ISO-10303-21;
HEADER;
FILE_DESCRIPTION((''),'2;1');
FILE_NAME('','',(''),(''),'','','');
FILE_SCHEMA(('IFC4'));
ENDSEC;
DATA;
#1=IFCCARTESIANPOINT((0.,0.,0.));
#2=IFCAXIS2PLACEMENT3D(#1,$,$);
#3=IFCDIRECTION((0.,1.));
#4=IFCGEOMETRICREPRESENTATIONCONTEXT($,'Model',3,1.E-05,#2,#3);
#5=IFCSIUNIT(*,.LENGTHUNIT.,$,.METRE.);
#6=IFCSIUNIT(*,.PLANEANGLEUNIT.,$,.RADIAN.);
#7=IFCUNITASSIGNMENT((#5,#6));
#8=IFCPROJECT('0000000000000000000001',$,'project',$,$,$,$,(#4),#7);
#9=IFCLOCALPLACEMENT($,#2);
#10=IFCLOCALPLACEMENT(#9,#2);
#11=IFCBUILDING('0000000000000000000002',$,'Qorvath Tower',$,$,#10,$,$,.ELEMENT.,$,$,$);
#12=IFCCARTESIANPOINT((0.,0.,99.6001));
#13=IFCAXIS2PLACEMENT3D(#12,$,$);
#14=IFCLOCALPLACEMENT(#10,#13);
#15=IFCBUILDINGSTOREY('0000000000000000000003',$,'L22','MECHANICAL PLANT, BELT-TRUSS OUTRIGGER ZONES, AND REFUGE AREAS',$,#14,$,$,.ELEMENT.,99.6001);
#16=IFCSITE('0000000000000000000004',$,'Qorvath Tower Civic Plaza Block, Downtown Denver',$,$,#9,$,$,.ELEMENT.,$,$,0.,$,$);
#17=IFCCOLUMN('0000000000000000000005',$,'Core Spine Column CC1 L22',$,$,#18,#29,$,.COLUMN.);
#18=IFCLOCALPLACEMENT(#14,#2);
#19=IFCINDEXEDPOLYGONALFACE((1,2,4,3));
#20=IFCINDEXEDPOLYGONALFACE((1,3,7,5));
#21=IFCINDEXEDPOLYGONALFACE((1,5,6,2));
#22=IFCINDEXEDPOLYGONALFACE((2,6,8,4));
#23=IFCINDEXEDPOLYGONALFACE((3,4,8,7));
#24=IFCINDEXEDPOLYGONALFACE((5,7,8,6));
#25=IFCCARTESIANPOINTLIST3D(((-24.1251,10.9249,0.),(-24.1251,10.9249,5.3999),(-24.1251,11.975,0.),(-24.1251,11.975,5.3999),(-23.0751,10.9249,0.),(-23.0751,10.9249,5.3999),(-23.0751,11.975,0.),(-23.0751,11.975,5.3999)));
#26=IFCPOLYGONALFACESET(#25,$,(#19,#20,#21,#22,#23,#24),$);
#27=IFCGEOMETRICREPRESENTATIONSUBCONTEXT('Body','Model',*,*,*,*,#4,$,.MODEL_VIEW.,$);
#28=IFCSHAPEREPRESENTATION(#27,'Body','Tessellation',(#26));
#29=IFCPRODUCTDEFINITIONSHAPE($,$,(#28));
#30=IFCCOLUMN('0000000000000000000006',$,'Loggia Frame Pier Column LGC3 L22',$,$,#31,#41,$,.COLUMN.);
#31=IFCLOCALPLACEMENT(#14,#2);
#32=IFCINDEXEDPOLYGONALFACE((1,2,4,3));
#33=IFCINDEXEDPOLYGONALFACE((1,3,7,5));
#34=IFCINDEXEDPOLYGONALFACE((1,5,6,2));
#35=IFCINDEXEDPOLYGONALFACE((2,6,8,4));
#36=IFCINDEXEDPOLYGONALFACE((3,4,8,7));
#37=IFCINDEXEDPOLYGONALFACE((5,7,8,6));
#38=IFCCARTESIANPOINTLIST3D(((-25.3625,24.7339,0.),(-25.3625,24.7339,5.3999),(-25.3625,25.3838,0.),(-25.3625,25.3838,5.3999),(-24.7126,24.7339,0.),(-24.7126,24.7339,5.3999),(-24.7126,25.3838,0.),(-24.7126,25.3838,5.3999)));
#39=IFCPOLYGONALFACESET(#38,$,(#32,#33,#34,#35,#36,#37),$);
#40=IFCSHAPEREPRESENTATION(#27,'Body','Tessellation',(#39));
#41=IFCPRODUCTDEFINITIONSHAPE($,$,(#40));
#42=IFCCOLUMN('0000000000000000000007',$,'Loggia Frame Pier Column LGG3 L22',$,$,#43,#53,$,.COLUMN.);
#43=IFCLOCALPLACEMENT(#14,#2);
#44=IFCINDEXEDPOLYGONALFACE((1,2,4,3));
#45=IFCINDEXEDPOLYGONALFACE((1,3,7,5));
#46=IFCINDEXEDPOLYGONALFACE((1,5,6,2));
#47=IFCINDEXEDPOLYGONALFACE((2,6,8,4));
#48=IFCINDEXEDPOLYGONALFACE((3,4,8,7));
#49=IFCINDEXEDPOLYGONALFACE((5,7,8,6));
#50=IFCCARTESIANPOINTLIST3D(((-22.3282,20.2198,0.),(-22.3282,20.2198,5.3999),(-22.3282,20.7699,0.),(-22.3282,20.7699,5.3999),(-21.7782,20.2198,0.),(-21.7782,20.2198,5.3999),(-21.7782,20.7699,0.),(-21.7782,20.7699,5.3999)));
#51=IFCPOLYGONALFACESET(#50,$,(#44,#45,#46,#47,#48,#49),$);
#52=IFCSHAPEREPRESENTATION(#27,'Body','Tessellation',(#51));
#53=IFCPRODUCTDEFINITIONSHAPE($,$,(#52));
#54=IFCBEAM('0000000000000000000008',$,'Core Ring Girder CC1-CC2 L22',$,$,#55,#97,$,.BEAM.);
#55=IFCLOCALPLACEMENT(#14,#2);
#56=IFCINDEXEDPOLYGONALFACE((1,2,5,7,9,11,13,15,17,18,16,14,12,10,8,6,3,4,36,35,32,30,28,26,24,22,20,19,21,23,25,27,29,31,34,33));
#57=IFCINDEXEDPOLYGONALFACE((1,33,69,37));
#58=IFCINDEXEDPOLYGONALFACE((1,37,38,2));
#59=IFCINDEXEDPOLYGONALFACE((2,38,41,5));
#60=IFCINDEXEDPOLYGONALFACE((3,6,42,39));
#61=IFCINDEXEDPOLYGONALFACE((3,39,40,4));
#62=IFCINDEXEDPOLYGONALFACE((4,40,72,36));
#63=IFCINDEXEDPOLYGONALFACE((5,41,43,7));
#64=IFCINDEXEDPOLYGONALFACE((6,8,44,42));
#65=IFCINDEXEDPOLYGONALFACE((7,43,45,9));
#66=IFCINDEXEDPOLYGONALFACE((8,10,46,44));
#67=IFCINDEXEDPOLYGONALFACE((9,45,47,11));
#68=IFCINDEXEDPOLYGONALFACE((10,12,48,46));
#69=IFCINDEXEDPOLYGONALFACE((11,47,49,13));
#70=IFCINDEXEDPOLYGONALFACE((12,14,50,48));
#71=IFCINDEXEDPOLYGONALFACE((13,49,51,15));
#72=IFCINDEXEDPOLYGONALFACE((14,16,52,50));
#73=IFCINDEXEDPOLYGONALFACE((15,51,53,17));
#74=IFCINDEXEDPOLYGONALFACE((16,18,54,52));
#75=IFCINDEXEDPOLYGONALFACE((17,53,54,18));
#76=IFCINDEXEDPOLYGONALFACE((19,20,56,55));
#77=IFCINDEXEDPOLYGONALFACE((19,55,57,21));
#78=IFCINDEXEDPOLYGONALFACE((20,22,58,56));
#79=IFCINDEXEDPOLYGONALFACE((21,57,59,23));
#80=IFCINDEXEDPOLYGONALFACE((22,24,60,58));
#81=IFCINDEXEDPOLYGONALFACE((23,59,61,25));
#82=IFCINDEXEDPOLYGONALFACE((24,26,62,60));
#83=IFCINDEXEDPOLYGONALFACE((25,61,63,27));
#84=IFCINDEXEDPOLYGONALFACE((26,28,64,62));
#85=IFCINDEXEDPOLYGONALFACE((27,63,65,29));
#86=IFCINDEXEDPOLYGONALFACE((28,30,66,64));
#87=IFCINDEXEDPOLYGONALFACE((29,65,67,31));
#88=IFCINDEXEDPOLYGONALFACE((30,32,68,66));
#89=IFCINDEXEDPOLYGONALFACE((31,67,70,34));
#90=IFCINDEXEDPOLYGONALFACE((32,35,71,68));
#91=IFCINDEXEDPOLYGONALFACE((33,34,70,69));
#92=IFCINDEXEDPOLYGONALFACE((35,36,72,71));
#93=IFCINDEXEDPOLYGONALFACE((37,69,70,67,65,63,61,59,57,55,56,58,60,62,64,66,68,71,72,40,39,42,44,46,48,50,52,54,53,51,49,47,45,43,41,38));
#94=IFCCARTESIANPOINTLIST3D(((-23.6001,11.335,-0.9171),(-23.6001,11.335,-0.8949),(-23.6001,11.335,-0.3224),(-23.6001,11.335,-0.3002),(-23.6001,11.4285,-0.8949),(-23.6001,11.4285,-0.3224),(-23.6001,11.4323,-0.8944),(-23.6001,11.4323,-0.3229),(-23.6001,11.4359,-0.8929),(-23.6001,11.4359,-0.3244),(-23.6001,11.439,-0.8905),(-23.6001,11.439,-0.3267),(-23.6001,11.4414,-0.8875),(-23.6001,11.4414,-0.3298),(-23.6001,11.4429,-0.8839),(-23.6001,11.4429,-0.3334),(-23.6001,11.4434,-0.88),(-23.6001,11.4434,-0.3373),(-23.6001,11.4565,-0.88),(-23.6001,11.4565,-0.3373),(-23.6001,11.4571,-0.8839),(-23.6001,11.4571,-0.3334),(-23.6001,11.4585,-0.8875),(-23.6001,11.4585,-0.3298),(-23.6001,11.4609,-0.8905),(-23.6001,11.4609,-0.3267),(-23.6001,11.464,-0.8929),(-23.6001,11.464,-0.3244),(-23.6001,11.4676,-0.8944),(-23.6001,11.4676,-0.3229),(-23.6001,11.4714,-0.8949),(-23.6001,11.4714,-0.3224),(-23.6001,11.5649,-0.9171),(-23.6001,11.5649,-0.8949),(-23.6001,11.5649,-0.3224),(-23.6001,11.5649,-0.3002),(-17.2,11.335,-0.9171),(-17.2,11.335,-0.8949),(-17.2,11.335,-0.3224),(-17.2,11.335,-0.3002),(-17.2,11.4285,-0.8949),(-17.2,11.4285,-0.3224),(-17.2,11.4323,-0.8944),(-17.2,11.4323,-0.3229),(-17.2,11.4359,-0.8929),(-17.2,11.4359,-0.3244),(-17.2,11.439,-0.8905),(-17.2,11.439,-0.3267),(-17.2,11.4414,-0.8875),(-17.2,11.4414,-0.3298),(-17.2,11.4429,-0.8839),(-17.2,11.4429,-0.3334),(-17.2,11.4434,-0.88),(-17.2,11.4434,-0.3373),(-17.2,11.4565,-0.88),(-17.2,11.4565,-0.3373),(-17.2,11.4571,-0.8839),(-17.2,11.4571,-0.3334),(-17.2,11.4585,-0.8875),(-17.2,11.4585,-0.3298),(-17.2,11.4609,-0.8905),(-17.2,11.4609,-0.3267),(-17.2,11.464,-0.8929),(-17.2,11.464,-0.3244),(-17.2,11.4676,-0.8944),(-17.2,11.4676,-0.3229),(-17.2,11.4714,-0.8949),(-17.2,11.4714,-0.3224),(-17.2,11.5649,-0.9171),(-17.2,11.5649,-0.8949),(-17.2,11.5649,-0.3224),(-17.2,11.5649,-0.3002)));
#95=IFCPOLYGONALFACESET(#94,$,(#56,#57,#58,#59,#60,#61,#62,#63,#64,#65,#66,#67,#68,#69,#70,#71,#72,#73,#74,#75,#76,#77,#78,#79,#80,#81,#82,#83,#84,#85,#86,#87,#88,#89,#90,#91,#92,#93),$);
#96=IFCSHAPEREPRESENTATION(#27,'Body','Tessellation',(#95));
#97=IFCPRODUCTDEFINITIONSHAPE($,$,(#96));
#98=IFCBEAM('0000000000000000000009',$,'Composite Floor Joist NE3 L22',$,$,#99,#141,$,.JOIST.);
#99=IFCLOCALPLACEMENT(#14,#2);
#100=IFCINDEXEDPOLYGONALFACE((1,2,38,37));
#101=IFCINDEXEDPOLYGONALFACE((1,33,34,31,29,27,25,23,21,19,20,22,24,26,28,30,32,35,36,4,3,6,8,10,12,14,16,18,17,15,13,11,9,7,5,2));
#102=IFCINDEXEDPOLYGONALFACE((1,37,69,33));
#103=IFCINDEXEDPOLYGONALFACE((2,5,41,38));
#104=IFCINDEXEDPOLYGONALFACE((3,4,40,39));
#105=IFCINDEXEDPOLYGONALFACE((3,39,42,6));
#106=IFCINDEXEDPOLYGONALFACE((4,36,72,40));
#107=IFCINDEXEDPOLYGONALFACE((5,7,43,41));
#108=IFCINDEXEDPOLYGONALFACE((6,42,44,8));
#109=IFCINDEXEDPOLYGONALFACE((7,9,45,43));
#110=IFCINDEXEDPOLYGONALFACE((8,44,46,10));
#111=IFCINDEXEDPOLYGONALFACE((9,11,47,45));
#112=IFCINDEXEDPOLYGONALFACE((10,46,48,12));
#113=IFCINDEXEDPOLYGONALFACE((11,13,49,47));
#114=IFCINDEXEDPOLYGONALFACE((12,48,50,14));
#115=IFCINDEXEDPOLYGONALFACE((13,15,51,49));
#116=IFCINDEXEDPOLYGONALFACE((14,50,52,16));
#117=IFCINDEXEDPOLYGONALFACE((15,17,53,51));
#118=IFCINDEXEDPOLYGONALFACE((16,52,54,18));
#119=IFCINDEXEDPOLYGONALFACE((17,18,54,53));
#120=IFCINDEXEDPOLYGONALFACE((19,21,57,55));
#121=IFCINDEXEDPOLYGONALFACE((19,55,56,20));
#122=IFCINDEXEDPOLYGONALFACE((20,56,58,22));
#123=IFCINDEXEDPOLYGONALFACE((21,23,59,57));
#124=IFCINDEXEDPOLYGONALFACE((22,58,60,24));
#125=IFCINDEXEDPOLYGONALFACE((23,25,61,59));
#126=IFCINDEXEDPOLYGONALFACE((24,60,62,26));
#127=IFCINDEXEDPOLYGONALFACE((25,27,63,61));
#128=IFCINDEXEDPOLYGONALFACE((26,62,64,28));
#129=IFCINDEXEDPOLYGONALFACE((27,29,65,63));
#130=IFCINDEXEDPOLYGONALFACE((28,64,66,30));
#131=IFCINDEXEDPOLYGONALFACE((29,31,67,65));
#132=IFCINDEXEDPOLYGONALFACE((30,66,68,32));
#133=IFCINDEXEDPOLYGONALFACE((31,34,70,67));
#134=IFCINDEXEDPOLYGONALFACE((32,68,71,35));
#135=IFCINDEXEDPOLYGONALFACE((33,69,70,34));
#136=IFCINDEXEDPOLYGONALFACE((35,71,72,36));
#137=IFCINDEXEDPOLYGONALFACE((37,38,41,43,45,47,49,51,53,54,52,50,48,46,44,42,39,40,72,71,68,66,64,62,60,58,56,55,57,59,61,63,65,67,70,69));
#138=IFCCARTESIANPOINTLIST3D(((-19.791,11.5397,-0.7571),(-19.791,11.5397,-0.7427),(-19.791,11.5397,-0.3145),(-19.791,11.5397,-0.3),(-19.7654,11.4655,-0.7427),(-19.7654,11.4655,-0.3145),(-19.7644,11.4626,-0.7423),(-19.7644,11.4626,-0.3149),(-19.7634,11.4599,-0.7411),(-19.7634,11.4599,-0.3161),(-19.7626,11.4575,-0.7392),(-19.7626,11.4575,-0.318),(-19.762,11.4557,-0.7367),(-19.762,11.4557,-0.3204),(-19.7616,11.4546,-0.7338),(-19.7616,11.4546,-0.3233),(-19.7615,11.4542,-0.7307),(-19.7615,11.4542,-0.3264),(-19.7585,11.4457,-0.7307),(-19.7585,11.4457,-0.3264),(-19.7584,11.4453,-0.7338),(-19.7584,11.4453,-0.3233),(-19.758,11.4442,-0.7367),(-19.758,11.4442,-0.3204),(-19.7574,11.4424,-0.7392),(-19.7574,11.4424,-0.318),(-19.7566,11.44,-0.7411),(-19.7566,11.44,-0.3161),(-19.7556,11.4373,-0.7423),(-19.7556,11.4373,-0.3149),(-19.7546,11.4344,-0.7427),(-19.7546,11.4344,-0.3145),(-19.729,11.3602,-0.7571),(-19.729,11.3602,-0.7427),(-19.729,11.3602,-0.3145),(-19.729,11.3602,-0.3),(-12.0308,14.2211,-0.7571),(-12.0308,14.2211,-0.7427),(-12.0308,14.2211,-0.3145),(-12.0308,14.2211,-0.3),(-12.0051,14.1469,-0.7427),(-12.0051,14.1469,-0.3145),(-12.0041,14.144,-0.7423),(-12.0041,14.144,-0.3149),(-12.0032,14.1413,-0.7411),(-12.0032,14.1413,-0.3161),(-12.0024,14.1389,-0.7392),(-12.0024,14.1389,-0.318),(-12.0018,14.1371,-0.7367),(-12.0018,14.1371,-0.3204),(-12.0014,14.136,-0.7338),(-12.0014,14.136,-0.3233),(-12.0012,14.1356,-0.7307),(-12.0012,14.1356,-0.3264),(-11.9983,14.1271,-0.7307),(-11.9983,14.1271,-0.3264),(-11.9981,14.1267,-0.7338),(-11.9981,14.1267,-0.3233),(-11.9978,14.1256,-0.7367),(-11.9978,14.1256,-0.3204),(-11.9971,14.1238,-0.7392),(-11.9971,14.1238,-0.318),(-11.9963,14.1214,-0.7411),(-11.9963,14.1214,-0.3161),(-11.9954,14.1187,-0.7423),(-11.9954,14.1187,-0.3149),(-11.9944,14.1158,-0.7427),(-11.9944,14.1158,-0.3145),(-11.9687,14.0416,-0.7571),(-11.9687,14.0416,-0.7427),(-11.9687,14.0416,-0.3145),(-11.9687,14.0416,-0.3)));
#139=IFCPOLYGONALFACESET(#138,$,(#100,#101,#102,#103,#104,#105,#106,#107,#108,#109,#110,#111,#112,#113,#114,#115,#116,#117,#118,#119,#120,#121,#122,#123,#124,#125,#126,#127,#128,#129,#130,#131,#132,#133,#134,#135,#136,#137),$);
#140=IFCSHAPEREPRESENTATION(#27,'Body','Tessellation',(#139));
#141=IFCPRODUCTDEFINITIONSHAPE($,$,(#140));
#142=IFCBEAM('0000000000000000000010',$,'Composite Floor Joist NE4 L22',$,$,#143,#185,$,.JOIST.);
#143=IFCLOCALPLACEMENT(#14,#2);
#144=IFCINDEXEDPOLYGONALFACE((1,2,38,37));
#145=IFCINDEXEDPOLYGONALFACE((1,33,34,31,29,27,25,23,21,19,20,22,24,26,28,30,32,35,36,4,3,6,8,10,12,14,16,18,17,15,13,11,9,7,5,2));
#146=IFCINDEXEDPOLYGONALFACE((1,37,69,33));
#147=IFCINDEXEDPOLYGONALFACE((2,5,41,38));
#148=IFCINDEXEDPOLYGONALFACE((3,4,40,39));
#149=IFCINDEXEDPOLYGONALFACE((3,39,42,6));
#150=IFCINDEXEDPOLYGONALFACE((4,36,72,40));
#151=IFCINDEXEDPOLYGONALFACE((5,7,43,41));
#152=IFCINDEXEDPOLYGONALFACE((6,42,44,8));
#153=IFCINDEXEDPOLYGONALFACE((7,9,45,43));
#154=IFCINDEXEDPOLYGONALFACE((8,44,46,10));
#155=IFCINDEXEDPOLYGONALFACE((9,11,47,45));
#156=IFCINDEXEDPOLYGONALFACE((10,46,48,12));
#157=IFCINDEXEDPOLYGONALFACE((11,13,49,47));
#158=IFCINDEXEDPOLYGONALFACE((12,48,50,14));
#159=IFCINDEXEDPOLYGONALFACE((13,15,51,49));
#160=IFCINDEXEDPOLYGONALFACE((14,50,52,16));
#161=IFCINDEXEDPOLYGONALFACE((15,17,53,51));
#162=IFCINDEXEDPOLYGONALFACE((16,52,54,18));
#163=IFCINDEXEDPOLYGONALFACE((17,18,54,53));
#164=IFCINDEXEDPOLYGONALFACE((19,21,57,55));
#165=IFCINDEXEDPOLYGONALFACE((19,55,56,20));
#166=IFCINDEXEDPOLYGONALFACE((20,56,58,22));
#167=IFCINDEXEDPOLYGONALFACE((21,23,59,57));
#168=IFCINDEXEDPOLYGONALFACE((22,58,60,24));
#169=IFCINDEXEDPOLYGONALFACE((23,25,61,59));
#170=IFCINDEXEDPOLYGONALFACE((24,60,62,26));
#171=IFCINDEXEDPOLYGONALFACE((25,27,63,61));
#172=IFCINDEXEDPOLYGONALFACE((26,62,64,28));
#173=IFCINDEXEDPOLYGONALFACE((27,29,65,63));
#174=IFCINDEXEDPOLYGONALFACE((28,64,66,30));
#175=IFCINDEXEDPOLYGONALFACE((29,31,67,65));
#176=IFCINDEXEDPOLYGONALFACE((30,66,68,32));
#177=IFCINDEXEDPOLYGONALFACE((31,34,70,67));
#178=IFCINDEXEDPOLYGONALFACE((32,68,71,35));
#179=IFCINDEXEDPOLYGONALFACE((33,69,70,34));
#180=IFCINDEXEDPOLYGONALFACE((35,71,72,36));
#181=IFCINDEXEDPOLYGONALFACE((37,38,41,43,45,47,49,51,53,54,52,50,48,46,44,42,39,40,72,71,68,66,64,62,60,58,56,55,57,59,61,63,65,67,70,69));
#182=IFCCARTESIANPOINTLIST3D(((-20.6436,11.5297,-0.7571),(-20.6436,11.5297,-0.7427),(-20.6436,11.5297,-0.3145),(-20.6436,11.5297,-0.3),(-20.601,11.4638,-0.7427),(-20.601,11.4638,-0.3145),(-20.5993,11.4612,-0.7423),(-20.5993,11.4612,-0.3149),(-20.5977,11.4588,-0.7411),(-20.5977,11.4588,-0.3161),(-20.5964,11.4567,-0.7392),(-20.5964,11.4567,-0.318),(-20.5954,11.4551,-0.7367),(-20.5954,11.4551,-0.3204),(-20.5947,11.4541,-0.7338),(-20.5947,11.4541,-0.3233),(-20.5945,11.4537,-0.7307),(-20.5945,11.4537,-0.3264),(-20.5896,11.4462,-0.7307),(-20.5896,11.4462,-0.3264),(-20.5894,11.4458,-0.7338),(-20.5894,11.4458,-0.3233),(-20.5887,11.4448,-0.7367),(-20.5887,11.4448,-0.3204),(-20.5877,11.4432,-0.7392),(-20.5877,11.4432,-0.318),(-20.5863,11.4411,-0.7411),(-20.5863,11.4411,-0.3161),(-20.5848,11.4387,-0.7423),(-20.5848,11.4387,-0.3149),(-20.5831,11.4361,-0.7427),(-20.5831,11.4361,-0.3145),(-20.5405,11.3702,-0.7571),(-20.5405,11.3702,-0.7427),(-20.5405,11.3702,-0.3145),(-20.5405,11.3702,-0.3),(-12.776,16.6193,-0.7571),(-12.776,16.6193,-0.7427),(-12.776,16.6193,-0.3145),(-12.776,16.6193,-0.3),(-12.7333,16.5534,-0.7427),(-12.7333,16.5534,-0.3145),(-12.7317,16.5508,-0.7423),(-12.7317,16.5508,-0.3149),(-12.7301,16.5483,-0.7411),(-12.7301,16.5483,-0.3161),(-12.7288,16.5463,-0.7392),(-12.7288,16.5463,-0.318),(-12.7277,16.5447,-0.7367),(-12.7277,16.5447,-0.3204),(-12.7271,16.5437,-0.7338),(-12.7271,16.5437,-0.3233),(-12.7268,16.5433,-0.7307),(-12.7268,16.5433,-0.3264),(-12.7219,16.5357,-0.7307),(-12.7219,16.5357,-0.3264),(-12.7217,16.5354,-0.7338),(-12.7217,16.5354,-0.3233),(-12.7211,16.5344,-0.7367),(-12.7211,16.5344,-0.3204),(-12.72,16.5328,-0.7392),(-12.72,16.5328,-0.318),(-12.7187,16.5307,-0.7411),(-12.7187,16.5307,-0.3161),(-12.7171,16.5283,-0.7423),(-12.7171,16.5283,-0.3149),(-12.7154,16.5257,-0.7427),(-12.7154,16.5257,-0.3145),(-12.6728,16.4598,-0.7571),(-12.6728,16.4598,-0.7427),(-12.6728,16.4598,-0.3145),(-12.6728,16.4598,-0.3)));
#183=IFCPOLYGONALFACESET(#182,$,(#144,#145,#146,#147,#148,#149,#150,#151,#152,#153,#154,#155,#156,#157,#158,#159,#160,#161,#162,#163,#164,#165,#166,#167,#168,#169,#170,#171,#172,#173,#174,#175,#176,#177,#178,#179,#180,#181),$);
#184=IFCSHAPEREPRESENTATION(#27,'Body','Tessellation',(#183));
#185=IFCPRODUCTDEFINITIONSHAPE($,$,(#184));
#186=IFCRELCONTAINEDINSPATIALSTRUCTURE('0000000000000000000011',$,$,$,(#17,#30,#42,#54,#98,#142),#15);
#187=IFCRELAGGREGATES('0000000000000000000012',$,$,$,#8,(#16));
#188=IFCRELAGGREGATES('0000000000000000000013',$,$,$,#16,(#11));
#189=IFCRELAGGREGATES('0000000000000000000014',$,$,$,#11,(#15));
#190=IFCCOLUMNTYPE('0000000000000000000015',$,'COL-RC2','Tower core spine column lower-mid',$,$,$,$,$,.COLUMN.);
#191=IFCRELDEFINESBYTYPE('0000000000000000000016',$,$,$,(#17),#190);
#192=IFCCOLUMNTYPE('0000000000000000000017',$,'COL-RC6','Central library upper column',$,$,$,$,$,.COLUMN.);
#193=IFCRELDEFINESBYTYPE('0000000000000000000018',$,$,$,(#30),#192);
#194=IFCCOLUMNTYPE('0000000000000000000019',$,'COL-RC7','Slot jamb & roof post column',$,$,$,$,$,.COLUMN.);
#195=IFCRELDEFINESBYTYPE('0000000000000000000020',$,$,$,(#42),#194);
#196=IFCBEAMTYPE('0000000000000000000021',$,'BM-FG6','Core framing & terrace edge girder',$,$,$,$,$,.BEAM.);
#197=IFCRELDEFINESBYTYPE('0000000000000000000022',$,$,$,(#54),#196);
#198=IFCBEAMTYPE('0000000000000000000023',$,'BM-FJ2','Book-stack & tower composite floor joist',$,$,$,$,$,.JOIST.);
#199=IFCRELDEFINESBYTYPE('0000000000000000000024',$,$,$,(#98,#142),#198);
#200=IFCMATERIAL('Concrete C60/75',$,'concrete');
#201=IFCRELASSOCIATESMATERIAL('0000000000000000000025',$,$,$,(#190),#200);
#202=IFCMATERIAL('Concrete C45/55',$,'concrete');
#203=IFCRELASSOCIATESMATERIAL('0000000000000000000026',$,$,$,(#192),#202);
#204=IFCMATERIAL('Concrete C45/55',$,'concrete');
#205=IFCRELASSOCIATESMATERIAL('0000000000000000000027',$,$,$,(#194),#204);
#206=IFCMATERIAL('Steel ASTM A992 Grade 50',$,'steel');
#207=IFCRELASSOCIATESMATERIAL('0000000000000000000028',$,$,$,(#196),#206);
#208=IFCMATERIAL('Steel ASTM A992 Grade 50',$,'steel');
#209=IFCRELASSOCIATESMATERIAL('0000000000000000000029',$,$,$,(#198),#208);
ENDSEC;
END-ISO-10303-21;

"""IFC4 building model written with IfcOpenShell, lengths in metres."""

from ifc_helpers import new_model, si_unit, direction, frame, origin, origin_2d, place, context, subcontext, project, spatial, rectangle, i_section, extrude, material, material_profile, profile_set, type_object, element, save


model = new_model("IFC4")

# Units and contexts
model_context = context("Model", 3, precision=1e-05, world=origin(), true_north=direction((0.0, 1.0)))
body_context = subcontext(model_context, "Body", "Model", "MODEL_VIEW")
ifc_project = project(units=[si_unit("LENGTHUNIT", "METRE"), si_unit("PLANEANGLEUNIT", "RADIAN")], contexts=[model_context])

# Site, building, storey
site_placement = place(None, origin())
site = spatial("IfcSite", under=ifc_project, at=site_placement, Name="Qorvath Tower Civic Plaza Block, Downtown Denver", CompositionType="ELEMENT", RefElevation=0.0)
building_placement = place(site_placement, origin())
building = spatial("IfcBuilding", under=site, at=building_placement, Name="Qorvath Tower", CompositionType="ELEMENT")
storey_placement = place(building_placement, frame((0.0, 0.0, 99.6001)))
storey = spatial("IfcBuildingStorey", under=building, at=storey_placement, Name="L22", Description="MECHANICAL PLANT, BELT-TRUSS OUTRIGGER ZONES, AND REFUGE AREAS", CompositionType="ELEMENT", Elevation=99.6001)

# Columns
ifc_material_1 = material(Name="Concrete C60/75", Category="concrete")
ifc_material_profile_1 = material_profile(ifc_material_1, rectangle(XDim=1.05, YDim=1.05, at=origin_2d()), Name="RC 1050x1050")
ifc_profile_set_1 = profile_set([ifc_material_profile_1], Name="Concrete C60/75")
column_type_1 = type_object("IfcColumnType", Name="COL-RC2", Description="Tower core spine column lower-mid", PredefinedType="COLUMN", material=ifc_profile_set_1)
column_1_placement = place(storey_placement, frame((-23.6001, 11.45, 0.0), z_axis=(0.0, 0.0, 1.0), x_axis=(1.0, 0.0, 0.0)))
element("IfcColumn", 1, at=column_1_placement, inside=storey, type_object=column_type_1, Name="Core Spine Column CC1 L22", PredefinedType="COLUMN", context=body_context, shape_type="SweptSolid", body=[
    extrude(rectangle(XDim=1.05, YDim=1.05, at=origin_2d()), origin(), (0.0, 0.0, 1.0), 5.3999),
])
ifc_material_2 = material(Name="Concrete C45/55", Category="concrete")
ifc_material_profile_2 = material_profile(ifc_material_2, rectangle(XDim=0.6499, YDim=0.6499, at=origin_2d()), Name="RC 650x650")
ifc_profile_set_2 = profile_set([ifc_material_profile_2], Name="Concrete C45/55")
column_type_2 = type_object("IfcColumnType", Name="COL-RC6", Description="Central library upper column", PredefinedType="COLUMN", material=ifc_profile_set_2)
column_2_placement = place(storey_placement, frame((-25.0376, 25.0588, 0.0), z_axis=(0.0, 0.0, 1.0), x_axis=(1.0, 0.0, 0.0)))
element("IfcColumn", 2, at=column_2_placement, inside=storey, type_object=column_type_2, Name="Loggia Frame Pier Column LGC3 L22", PredefinedType="COLUMN", context=body_context, shape_type="SweptSolid", body=[
    extrude(rectangle(XDim=0.6499, YDim=0.6499, at=origin_2d()), origin(), (0.0, 0.0, 1.0), 5.3999),
])
ifc_material_3 = material(Name="Concrete C45/55", Category="concrete")
ifc_material_profile_3 = material_profile(ifc_material_3, rectangle(XDim=0.55, YDim=0.55, at=origin_2d()), Name="RC 550x550")
ifc_profile_set_3 = profile_set([ifc_material_profile_3], Name="Concrete C45/55")
column_type_3 = type_object("IfcColumnType", Name="COL-RC7", Description="Slot jamb & roof post column", PredefinedType="COLUMN", material=ifc_profile_set_3)
column_3_placement = place(storey_placement, frame((-22.0532, 20.4949, 0.0), z_axis=(0.0, 0.0, 1.0), x_axis=(1.0, 0.0, 0.0)))
element("IfcColumn", 3, at=column_3_placement, inside=storey, type_object=column_type_3, Name="Loggia Frame Pier Column LGG3 L22", PredefinedType="COLUMN", context=body_context, shape_type="SweptSolid", body=[
    extrude(rectangle(XDim=0.55, YDim=0.55, at=origin_2d()), origin(), (0.0, 0.0, 1.0), 5.3999),
])

# Beams
ifc_material_4 = material(Name="Steel ASTM A992 Grade 50", Category="steel")
ifc_material_profile_4 = material_profile(ifc_material_4, i_section(OverallWidth=0.23, OverallDepth=0.6169, WebThickness=0.0132, FlangeThickness=0.0222, FilletRadius=0.0149, at=origin_2d()), Name="W24x94")
ifc_profile_set_4 = profile_set([ifc_material_profile_4], Name="Steel ASTM A992 Grade 50")
beam_type_1 = type_object("IfcBeamType", Name="BM-FG6", Description="Core framing & terrace edge girder", PredefinedType="BEAM", material=ifc_profile_set_4)
beam_1_placement = place(storey_placement, frame((-23.6001, 11.45, -0.6086), z_axis=(1.0, 0.0, 0.0), x_axis=(0.0, 1.0, 0.0)))
element("IfcBeam", 4, at=beam_1_placement, inside=storey, type_object=beam_type_1, Name="Core Ring Girder CC1-CC2 L22", PredefinedType="BEAM", context=body_context, shape_type="SweptSolid", body=[
    extrude(i_section(OverallWidth=0.23, OverallDepth=0.6169, WebThickness=0.0132, FlangeThickness=0.0222, FilletRadius=0.0149, at=origin_2d()), origin(), (0.0, 0.0, 1.0), 6.4001),
])
ifc_material_5 = material(Name="Steel ASTM A992 Grade 50", Category="steel")
ifc_material_profile_5 = material_profile(ifc_material_5, i_section(OverallWidth=0.1899, OverallDepth=0.457, WebThickness=0.009, FlangeThickness=0.0144, FilletRadius=0.012, at=origin_2d()), Name="W18x50")
ifc_profile_set_5 = profile_set([ifc_material_profile_5], Name="Steel ASTM A992 Grade 50")
beam_type_2 = type_object("IfcBeamType", Name="BM-FJ2", Description="Book-stack & tower composite floor joist", PredefinedType="JOIST", material=ifc_profile_set_5)
beam_2_placement = place(storey_placement, frame((-19.76, 11.45, -0.5286), z_axis=(0.945168, 0.326584, 0.0), x_axis=(-0.326584, 0.945168, 0.0)))
element("IfcBeam", 5, at=beam_2_placement, inside=storey, type_object=beam_type_2, Name="Composite Floor Joist NE3 L22", PredefinedType="JOIST", context=body_context, shape_type="SweptSolid", body=[
    extrude(i_section(OverallWidth=0.1899, OverallDepth=0.457, WebThickness=0.009, FlangeThickness=0.0144, FilletRadius=0.012, at=origin_2d()), origin(), (0.0, 0.0, 1.0), 8.2104),
])
beam_3_placement = place(storey_placement, frame((-20.592, 11.45, -0.5286), z_axis=(0.839631, 0.543157, 0.0), x_axis=(-0.543157, 0.839631, 0.0)))
element("IfcBeam", 6, at=beam_3_placement, inside=storey, type_object=beam_type_2, Name="Composite Floor Joist NE4 L22", PredefinedType="JOIST", context=body_context, shape_type="SweptSolid", body=[
    extrude(i_section(OverallWidth=0.1899, OverallDepth=0.457, WebThickness=0.009, FlangeThickness=0.0144, FilletRadius=0.012, at=origin_2d()), origin(), (0.0, 0.0, 1.0), 9.3704),
])

save(model, "model.ifc")
